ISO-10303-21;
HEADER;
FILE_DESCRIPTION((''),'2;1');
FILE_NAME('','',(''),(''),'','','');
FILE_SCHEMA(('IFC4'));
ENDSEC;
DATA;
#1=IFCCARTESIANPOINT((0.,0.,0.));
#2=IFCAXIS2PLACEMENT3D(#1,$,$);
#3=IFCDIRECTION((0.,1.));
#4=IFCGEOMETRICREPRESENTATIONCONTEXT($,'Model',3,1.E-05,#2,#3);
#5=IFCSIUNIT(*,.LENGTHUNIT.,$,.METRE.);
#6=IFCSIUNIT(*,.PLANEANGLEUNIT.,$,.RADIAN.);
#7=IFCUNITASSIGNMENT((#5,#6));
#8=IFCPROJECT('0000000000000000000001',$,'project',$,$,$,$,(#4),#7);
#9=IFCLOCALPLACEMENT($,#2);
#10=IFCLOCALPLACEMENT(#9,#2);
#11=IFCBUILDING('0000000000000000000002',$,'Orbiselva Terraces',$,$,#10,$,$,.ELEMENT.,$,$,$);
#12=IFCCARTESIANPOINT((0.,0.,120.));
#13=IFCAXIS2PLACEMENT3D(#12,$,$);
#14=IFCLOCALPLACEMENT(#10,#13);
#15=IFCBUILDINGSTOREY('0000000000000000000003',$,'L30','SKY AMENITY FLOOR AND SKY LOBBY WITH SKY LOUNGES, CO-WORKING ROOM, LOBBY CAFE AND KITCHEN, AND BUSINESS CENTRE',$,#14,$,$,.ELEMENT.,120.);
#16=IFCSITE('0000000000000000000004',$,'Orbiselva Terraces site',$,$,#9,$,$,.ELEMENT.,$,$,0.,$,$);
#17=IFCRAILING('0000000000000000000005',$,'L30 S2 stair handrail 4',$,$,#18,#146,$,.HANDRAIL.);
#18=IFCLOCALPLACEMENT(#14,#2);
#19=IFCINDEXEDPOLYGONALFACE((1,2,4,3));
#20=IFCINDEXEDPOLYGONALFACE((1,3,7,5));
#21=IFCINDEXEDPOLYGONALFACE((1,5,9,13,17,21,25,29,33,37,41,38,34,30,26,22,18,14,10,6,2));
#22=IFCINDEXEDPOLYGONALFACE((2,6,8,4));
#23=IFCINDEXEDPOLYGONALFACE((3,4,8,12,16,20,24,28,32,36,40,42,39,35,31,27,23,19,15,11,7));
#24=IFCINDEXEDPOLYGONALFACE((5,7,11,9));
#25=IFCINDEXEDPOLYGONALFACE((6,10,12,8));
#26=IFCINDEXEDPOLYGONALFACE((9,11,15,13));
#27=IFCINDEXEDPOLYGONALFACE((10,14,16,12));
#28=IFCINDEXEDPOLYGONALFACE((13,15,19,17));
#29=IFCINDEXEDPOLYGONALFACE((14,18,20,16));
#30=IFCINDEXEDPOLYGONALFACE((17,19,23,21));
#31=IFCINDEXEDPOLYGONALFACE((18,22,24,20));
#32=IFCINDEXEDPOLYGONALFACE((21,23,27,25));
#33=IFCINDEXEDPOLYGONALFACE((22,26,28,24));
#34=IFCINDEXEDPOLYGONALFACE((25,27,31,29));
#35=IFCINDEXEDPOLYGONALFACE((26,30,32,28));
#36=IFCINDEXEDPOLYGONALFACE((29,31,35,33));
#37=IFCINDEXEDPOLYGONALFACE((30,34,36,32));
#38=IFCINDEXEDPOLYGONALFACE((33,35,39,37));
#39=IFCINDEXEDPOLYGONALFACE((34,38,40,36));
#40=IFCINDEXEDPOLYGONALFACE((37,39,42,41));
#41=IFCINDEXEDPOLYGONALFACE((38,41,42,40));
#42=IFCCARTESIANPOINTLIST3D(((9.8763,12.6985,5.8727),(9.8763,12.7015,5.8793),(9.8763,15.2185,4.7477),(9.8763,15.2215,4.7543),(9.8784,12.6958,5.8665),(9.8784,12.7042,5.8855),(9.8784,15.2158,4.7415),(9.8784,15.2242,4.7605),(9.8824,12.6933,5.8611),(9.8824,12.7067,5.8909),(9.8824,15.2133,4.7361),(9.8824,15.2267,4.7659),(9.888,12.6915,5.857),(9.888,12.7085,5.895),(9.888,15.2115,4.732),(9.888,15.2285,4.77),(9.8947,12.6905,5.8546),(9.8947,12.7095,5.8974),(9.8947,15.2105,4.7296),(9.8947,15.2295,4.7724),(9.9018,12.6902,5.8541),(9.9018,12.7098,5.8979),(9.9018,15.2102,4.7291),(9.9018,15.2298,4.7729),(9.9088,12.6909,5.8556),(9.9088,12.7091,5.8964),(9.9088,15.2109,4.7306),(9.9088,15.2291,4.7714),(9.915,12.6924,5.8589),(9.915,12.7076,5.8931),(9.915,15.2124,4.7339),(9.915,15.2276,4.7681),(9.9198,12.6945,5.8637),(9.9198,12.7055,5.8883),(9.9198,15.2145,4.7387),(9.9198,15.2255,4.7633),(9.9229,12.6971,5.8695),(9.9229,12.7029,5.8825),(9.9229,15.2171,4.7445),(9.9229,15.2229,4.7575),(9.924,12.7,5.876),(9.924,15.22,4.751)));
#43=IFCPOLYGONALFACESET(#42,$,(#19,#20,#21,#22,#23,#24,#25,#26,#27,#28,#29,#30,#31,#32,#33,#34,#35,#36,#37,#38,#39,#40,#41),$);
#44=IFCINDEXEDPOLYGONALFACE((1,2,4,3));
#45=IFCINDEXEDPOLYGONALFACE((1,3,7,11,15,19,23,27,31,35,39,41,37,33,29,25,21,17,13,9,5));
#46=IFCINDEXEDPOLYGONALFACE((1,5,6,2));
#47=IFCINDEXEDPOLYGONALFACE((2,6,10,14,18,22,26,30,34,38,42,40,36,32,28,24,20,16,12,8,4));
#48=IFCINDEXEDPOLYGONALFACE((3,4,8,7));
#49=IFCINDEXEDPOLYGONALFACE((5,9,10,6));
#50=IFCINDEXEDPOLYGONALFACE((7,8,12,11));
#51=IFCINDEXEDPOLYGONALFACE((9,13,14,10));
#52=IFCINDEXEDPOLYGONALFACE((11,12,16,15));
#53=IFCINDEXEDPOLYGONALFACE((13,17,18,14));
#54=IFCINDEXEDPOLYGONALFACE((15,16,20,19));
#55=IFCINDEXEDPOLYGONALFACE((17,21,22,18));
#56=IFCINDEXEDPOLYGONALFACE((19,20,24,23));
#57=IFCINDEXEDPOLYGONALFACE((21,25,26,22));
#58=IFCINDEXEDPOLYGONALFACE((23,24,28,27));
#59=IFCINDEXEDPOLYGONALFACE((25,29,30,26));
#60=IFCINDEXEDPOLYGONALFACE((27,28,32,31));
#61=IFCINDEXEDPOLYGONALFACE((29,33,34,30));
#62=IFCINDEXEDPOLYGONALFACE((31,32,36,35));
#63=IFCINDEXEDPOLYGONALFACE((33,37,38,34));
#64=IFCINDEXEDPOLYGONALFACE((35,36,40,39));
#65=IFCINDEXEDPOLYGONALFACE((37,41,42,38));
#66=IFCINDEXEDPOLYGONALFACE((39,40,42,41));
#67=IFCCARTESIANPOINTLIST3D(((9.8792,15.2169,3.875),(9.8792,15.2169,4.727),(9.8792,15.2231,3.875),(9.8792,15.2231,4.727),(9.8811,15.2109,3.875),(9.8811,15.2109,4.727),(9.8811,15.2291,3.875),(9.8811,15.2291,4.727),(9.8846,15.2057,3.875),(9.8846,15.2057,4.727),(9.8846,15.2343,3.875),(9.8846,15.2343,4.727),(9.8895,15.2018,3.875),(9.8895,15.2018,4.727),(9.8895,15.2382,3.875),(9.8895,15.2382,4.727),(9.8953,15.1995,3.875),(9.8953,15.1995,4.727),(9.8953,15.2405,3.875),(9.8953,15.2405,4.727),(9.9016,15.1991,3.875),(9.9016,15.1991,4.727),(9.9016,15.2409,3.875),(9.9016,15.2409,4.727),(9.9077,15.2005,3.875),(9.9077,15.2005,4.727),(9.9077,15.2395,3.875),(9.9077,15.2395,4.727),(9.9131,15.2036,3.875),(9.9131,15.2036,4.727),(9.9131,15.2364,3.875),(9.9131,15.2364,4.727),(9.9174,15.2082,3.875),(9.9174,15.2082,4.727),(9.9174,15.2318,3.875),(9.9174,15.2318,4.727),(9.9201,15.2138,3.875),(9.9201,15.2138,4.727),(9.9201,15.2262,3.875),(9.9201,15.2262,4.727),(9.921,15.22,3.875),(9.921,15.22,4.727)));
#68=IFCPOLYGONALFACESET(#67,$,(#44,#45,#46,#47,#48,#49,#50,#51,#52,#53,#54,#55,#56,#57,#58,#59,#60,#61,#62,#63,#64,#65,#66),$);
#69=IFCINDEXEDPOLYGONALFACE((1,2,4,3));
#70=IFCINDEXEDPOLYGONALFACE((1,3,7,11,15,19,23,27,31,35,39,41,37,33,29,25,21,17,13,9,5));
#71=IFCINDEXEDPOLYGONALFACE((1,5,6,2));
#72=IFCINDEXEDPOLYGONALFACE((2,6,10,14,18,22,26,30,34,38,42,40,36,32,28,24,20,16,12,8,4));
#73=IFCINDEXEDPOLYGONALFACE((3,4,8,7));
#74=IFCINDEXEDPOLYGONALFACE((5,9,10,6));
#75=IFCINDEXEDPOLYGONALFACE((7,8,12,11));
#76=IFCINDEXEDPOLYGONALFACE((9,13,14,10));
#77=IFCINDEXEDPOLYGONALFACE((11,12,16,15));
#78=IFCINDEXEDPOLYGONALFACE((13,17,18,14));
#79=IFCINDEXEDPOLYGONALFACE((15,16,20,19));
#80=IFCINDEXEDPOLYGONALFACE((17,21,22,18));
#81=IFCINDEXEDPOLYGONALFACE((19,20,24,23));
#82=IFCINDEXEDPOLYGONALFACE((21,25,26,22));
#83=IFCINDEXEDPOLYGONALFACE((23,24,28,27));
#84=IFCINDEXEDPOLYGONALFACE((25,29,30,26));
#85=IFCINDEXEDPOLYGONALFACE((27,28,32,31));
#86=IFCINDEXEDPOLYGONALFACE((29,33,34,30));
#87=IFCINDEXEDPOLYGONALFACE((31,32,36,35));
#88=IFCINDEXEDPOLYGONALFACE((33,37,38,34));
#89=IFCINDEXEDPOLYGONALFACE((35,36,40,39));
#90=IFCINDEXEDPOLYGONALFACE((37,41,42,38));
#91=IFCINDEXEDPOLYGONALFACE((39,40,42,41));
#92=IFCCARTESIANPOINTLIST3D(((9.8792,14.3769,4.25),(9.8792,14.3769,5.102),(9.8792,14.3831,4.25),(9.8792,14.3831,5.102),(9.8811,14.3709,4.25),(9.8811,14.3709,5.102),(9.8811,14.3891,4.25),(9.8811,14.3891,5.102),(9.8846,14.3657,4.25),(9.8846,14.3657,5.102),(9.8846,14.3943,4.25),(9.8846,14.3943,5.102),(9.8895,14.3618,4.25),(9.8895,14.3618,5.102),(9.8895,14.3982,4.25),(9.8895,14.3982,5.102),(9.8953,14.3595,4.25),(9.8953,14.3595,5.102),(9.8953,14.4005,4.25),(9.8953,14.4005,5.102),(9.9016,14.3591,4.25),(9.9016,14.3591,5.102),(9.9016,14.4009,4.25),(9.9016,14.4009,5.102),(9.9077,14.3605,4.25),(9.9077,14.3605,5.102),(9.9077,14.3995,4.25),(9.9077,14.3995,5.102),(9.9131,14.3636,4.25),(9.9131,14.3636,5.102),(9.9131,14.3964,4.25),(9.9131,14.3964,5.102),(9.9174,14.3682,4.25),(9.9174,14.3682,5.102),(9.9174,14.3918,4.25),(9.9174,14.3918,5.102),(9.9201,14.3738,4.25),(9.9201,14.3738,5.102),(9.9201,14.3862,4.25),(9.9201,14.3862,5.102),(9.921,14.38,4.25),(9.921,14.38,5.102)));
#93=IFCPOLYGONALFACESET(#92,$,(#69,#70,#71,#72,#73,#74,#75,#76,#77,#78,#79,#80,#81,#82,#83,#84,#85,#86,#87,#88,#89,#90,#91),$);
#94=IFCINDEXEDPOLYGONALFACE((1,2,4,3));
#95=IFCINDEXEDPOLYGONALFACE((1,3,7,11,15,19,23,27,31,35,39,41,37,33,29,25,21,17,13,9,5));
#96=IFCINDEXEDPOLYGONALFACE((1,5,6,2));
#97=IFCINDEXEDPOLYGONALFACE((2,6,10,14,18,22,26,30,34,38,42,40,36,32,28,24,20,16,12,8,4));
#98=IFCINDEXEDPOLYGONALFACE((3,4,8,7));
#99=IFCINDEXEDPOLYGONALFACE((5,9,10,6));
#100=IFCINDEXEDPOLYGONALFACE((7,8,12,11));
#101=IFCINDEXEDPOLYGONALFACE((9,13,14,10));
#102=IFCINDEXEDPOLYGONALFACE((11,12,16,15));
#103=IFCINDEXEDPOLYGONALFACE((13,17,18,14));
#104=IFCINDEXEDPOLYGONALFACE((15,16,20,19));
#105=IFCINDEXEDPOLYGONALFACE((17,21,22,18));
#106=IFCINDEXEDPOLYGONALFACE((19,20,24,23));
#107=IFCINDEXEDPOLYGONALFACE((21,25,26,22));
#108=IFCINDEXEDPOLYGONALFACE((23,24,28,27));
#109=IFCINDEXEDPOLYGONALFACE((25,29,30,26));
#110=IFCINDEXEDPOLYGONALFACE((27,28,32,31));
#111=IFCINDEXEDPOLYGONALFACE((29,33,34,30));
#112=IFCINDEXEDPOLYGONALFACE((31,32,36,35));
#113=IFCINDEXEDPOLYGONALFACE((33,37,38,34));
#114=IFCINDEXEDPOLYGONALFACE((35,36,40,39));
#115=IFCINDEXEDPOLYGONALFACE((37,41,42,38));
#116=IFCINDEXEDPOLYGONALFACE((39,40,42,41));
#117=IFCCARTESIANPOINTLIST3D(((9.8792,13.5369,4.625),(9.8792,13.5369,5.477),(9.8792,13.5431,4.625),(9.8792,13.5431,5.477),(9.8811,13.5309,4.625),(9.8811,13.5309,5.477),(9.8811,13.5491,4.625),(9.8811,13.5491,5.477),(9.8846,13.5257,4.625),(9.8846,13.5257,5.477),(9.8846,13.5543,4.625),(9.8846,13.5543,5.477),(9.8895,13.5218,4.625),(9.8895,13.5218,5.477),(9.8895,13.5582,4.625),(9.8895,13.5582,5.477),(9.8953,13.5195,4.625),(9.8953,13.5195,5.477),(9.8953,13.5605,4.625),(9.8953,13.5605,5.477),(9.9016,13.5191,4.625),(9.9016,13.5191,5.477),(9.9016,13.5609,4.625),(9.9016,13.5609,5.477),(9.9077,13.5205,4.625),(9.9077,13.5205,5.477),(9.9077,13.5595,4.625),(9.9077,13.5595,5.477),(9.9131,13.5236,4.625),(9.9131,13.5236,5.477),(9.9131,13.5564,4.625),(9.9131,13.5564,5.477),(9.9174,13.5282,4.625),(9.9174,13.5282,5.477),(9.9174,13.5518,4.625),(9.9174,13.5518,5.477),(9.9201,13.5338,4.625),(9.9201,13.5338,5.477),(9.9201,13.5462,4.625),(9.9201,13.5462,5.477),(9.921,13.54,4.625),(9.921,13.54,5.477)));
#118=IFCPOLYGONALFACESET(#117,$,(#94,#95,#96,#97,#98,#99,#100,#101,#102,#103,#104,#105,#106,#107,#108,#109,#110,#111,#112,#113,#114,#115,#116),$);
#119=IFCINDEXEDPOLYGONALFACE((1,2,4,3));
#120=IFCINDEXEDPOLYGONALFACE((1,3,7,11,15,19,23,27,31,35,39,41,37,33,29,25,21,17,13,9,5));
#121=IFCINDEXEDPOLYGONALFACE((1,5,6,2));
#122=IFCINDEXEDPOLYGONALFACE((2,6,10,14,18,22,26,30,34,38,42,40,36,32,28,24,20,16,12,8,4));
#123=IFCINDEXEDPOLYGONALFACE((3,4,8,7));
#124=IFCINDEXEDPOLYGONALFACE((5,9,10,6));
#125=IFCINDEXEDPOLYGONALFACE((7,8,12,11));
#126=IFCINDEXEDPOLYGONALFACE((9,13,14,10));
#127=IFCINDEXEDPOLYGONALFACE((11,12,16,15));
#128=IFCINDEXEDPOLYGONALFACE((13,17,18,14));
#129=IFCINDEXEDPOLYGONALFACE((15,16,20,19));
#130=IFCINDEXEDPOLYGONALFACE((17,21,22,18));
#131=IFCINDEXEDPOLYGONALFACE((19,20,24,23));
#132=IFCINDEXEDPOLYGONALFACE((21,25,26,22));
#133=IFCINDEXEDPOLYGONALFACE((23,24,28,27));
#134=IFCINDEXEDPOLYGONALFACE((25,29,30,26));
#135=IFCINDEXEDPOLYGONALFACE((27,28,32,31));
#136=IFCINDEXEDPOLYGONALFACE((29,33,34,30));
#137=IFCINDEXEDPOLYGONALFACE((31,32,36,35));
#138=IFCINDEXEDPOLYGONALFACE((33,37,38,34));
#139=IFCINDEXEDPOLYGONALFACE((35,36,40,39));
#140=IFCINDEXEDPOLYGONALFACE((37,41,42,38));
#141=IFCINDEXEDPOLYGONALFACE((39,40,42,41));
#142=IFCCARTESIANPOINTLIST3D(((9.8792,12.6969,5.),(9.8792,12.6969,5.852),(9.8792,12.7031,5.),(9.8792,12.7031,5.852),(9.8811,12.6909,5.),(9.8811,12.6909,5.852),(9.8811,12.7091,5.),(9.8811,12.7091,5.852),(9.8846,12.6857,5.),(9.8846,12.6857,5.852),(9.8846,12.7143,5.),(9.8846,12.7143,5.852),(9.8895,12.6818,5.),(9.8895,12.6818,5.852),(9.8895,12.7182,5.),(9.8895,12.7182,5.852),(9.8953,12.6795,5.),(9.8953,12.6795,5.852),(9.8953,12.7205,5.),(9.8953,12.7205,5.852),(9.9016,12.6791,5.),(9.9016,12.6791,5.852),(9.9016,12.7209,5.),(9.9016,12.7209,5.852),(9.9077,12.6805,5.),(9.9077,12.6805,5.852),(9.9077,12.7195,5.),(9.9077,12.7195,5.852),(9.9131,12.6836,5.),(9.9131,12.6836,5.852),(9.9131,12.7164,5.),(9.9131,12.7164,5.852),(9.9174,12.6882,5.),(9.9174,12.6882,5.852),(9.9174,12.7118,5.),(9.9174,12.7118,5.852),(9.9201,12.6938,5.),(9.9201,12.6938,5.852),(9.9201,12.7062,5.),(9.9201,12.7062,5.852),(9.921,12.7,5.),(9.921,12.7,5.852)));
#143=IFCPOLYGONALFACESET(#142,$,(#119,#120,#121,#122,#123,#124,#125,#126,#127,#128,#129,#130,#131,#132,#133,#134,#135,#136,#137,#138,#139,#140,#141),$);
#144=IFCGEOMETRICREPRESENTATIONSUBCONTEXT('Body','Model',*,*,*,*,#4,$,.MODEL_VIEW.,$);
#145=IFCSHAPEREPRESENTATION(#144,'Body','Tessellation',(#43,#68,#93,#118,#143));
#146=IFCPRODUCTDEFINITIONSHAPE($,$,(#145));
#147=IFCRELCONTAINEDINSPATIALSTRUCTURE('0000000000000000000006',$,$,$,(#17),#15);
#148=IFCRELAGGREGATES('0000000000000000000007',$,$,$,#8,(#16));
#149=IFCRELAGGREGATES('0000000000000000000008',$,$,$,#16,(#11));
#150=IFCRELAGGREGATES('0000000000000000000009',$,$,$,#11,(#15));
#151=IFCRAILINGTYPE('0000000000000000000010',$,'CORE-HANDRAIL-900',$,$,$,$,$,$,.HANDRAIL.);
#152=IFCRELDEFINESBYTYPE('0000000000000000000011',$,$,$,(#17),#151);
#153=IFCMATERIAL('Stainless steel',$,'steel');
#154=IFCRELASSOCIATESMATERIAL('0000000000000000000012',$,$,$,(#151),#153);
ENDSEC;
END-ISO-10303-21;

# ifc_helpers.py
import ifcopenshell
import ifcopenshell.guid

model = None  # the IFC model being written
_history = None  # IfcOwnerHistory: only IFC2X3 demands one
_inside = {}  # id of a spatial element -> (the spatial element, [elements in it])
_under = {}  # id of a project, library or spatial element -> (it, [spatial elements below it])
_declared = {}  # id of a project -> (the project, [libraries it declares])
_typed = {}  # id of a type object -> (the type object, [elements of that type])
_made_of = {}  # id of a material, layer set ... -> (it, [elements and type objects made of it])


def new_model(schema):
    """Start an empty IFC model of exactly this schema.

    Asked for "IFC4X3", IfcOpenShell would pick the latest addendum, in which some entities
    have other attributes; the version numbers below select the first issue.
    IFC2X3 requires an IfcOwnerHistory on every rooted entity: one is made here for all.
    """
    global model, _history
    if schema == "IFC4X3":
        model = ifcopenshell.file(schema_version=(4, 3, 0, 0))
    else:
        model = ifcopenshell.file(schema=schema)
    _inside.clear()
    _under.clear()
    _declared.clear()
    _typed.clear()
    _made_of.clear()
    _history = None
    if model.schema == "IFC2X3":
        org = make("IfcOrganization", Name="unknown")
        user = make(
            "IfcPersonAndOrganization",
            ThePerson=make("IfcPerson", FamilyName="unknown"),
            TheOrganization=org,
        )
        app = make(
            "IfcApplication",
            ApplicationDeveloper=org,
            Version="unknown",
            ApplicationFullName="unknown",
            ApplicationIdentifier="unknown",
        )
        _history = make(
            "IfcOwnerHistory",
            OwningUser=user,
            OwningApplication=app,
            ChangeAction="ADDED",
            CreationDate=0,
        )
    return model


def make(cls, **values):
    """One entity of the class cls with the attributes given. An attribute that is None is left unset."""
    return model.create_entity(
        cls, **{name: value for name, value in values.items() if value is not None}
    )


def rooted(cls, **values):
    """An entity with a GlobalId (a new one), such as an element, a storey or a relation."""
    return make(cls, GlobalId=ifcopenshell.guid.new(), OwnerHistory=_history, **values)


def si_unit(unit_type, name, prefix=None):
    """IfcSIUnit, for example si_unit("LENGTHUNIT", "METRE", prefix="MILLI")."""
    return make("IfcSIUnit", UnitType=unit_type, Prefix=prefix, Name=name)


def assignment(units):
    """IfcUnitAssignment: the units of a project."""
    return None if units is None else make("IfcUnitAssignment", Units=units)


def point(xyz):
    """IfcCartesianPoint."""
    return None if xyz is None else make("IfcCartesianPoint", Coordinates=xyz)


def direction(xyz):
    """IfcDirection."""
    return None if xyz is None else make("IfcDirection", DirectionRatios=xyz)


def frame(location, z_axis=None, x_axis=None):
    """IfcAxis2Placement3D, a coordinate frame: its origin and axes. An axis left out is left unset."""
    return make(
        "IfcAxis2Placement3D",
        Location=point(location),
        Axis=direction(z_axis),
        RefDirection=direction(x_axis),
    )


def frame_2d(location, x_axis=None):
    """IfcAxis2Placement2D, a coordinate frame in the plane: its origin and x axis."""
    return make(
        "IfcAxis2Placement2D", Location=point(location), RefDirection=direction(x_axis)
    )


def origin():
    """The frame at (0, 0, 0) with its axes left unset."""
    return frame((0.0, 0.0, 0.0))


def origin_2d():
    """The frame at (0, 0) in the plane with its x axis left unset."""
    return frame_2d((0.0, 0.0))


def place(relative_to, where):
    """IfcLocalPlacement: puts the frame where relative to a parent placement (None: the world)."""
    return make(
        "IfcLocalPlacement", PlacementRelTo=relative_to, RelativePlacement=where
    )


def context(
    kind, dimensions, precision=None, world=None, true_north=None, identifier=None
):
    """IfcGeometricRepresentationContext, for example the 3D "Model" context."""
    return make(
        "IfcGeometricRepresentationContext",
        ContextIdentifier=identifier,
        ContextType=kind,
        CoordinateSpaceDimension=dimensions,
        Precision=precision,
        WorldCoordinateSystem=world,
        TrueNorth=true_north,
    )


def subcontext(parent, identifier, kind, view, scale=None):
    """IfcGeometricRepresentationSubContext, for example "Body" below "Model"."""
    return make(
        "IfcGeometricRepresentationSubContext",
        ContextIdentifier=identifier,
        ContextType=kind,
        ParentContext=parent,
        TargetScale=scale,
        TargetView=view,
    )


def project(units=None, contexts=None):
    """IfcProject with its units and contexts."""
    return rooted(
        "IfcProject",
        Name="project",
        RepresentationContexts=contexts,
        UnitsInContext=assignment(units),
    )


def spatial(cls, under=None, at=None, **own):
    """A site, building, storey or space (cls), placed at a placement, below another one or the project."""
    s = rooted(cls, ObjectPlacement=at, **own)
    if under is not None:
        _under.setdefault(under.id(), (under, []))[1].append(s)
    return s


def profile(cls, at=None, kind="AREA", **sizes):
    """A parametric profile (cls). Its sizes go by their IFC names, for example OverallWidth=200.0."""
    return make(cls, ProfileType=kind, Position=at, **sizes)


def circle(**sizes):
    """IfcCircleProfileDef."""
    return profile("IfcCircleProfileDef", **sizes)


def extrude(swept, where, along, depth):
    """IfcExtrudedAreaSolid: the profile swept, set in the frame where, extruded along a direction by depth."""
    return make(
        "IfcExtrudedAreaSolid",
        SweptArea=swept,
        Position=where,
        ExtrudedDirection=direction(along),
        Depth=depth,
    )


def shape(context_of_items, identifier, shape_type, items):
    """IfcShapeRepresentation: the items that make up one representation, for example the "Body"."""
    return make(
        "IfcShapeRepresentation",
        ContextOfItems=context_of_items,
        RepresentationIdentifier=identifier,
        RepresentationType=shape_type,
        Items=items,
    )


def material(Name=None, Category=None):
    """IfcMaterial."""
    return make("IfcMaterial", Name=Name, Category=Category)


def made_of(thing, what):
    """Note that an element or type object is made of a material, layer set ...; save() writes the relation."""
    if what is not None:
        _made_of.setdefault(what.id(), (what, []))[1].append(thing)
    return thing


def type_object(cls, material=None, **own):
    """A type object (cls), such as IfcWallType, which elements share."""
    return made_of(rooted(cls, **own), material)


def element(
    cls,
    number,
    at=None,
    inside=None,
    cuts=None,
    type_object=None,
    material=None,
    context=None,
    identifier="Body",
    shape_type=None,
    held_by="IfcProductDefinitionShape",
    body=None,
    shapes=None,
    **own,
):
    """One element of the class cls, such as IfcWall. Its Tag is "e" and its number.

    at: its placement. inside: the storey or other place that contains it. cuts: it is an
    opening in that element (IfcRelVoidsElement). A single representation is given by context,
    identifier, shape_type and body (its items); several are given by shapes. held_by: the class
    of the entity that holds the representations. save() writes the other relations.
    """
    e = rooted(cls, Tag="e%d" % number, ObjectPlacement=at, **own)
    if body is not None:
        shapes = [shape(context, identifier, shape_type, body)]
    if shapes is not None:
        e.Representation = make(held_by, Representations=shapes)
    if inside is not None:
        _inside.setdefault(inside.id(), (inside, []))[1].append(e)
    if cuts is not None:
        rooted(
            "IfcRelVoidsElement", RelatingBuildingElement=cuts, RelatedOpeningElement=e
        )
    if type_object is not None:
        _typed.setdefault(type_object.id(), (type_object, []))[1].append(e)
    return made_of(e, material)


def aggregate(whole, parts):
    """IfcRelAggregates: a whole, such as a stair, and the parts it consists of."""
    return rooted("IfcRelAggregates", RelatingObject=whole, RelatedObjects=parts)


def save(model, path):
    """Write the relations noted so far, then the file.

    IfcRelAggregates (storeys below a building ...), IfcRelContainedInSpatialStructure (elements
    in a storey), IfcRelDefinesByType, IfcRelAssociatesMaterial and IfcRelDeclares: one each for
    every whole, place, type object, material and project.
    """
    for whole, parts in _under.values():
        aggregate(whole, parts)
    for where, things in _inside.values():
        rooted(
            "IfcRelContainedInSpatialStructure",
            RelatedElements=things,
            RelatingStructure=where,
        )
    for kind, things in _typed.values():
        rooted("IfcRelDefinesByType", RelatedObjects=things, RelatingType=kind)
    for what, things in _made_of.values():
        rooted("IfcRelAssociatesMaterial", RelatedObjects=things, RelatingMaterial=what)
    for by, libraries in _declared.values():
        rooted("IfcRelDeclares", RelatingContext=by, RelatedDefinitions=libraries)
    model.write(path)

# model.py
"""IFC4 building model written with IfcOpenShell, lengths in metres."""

from ifc_helpers import new_model, si_unit, direction, frame, origin, origin_2d, place, context, subcontext, project, spatial, circle, extrude, material, type_object, element, save


model = new_model("IFC4")

# Units and contexts
model_context = context("Model", 3, precision=1e-05, world=origin(), true_north=direction((0.0, 1.0)))
body_context = subcontext(model_context, "Body", "Model", "MODEL_VIEW")
ifc_project = project(units=[si_unit("LENGTHUNIT", "METRE"), si_unit("PLANEANGLEUNIT", "RADIAN")], contexts=[model_context])

# Site, building, storey
site_placement = place(None, origin())
site = spatial("IfcSite", under=ifc_project, at=site_placement, Name="Orbiselva Terraces site", CompositionType="ELEMENT", RefElevation=0.0)
building_placement = place(site_placement, origin())
building = spatial("IfcBuilding", under=site, at=building_placement, Name="Orbiselva Terraces", CompositionType="ELEMENT")
storey_placement = place(building_placement, frame((0.0, 0.0, 120.0)))
storey = spatial("IfcBuildingStorey", under=building, at=storey_placement, Name="L30", Description="SKY AMENITY FLOOR AND SKY LOBBY WITH SKY LOUNGES, CO-WORKING ROOM, LOBBY CAFE AND KITCHEN, AND BUSINESS CENTRE", CompositionType="ELEMENT", Elevation=120.0)

# Railing
ifc_material_1 = material(Name="Stainless steel", Category="steel")
railing_type = type_object("IfcRailingType", Name="CORE-HANDRAIL-900", PredefinedType="HANDRAIL", material=ifc_material_1)
for number, where, name in (
    (1, (9.9, 15.22, 3.875), "L30 S2 stair handrail 4"),
):
    element("IfcRailing", number, at=place(storey_placement, frame(where)), inside=storey, type_object=railing_type, Name=name, PredefinedType="HANDRAIL", context=body_context, shape_type="SweptSolid", body=[
        extrude(circle(Radius=0.024, at=origin_2d()), frame((0.0, 0.0, 0.876), z_axis=(0.0, -0.913138, 0.407651), x_axis=(1.0, 0.0, 0.0)), (0.0, 0.0, 1.0), 2.7597),
        extrude(circle(Radius=0.021, at=origin_2d()), origin(), (0.0, 0.0, 1.0), 0.852),
        extrude(circle(Radius=0.021, at=origin_2d()), frame((0.0, -0.84, 0.375)), (0.0, 0.0, 1.0), 0.852),
        extrude(circle(Radius=0.021, at=origin_2d()), frame((0.0, -1.68, 0.75)), (0.0, 0.0, 1.0), 0.852),
        extrude(circle(Radius=0.021, at=origin_2d()), frame((0.0, -2.52, 1.125)), (0.0, 0.0, 1.0), 0.852),
    ])

save(model, "model.ifc")
